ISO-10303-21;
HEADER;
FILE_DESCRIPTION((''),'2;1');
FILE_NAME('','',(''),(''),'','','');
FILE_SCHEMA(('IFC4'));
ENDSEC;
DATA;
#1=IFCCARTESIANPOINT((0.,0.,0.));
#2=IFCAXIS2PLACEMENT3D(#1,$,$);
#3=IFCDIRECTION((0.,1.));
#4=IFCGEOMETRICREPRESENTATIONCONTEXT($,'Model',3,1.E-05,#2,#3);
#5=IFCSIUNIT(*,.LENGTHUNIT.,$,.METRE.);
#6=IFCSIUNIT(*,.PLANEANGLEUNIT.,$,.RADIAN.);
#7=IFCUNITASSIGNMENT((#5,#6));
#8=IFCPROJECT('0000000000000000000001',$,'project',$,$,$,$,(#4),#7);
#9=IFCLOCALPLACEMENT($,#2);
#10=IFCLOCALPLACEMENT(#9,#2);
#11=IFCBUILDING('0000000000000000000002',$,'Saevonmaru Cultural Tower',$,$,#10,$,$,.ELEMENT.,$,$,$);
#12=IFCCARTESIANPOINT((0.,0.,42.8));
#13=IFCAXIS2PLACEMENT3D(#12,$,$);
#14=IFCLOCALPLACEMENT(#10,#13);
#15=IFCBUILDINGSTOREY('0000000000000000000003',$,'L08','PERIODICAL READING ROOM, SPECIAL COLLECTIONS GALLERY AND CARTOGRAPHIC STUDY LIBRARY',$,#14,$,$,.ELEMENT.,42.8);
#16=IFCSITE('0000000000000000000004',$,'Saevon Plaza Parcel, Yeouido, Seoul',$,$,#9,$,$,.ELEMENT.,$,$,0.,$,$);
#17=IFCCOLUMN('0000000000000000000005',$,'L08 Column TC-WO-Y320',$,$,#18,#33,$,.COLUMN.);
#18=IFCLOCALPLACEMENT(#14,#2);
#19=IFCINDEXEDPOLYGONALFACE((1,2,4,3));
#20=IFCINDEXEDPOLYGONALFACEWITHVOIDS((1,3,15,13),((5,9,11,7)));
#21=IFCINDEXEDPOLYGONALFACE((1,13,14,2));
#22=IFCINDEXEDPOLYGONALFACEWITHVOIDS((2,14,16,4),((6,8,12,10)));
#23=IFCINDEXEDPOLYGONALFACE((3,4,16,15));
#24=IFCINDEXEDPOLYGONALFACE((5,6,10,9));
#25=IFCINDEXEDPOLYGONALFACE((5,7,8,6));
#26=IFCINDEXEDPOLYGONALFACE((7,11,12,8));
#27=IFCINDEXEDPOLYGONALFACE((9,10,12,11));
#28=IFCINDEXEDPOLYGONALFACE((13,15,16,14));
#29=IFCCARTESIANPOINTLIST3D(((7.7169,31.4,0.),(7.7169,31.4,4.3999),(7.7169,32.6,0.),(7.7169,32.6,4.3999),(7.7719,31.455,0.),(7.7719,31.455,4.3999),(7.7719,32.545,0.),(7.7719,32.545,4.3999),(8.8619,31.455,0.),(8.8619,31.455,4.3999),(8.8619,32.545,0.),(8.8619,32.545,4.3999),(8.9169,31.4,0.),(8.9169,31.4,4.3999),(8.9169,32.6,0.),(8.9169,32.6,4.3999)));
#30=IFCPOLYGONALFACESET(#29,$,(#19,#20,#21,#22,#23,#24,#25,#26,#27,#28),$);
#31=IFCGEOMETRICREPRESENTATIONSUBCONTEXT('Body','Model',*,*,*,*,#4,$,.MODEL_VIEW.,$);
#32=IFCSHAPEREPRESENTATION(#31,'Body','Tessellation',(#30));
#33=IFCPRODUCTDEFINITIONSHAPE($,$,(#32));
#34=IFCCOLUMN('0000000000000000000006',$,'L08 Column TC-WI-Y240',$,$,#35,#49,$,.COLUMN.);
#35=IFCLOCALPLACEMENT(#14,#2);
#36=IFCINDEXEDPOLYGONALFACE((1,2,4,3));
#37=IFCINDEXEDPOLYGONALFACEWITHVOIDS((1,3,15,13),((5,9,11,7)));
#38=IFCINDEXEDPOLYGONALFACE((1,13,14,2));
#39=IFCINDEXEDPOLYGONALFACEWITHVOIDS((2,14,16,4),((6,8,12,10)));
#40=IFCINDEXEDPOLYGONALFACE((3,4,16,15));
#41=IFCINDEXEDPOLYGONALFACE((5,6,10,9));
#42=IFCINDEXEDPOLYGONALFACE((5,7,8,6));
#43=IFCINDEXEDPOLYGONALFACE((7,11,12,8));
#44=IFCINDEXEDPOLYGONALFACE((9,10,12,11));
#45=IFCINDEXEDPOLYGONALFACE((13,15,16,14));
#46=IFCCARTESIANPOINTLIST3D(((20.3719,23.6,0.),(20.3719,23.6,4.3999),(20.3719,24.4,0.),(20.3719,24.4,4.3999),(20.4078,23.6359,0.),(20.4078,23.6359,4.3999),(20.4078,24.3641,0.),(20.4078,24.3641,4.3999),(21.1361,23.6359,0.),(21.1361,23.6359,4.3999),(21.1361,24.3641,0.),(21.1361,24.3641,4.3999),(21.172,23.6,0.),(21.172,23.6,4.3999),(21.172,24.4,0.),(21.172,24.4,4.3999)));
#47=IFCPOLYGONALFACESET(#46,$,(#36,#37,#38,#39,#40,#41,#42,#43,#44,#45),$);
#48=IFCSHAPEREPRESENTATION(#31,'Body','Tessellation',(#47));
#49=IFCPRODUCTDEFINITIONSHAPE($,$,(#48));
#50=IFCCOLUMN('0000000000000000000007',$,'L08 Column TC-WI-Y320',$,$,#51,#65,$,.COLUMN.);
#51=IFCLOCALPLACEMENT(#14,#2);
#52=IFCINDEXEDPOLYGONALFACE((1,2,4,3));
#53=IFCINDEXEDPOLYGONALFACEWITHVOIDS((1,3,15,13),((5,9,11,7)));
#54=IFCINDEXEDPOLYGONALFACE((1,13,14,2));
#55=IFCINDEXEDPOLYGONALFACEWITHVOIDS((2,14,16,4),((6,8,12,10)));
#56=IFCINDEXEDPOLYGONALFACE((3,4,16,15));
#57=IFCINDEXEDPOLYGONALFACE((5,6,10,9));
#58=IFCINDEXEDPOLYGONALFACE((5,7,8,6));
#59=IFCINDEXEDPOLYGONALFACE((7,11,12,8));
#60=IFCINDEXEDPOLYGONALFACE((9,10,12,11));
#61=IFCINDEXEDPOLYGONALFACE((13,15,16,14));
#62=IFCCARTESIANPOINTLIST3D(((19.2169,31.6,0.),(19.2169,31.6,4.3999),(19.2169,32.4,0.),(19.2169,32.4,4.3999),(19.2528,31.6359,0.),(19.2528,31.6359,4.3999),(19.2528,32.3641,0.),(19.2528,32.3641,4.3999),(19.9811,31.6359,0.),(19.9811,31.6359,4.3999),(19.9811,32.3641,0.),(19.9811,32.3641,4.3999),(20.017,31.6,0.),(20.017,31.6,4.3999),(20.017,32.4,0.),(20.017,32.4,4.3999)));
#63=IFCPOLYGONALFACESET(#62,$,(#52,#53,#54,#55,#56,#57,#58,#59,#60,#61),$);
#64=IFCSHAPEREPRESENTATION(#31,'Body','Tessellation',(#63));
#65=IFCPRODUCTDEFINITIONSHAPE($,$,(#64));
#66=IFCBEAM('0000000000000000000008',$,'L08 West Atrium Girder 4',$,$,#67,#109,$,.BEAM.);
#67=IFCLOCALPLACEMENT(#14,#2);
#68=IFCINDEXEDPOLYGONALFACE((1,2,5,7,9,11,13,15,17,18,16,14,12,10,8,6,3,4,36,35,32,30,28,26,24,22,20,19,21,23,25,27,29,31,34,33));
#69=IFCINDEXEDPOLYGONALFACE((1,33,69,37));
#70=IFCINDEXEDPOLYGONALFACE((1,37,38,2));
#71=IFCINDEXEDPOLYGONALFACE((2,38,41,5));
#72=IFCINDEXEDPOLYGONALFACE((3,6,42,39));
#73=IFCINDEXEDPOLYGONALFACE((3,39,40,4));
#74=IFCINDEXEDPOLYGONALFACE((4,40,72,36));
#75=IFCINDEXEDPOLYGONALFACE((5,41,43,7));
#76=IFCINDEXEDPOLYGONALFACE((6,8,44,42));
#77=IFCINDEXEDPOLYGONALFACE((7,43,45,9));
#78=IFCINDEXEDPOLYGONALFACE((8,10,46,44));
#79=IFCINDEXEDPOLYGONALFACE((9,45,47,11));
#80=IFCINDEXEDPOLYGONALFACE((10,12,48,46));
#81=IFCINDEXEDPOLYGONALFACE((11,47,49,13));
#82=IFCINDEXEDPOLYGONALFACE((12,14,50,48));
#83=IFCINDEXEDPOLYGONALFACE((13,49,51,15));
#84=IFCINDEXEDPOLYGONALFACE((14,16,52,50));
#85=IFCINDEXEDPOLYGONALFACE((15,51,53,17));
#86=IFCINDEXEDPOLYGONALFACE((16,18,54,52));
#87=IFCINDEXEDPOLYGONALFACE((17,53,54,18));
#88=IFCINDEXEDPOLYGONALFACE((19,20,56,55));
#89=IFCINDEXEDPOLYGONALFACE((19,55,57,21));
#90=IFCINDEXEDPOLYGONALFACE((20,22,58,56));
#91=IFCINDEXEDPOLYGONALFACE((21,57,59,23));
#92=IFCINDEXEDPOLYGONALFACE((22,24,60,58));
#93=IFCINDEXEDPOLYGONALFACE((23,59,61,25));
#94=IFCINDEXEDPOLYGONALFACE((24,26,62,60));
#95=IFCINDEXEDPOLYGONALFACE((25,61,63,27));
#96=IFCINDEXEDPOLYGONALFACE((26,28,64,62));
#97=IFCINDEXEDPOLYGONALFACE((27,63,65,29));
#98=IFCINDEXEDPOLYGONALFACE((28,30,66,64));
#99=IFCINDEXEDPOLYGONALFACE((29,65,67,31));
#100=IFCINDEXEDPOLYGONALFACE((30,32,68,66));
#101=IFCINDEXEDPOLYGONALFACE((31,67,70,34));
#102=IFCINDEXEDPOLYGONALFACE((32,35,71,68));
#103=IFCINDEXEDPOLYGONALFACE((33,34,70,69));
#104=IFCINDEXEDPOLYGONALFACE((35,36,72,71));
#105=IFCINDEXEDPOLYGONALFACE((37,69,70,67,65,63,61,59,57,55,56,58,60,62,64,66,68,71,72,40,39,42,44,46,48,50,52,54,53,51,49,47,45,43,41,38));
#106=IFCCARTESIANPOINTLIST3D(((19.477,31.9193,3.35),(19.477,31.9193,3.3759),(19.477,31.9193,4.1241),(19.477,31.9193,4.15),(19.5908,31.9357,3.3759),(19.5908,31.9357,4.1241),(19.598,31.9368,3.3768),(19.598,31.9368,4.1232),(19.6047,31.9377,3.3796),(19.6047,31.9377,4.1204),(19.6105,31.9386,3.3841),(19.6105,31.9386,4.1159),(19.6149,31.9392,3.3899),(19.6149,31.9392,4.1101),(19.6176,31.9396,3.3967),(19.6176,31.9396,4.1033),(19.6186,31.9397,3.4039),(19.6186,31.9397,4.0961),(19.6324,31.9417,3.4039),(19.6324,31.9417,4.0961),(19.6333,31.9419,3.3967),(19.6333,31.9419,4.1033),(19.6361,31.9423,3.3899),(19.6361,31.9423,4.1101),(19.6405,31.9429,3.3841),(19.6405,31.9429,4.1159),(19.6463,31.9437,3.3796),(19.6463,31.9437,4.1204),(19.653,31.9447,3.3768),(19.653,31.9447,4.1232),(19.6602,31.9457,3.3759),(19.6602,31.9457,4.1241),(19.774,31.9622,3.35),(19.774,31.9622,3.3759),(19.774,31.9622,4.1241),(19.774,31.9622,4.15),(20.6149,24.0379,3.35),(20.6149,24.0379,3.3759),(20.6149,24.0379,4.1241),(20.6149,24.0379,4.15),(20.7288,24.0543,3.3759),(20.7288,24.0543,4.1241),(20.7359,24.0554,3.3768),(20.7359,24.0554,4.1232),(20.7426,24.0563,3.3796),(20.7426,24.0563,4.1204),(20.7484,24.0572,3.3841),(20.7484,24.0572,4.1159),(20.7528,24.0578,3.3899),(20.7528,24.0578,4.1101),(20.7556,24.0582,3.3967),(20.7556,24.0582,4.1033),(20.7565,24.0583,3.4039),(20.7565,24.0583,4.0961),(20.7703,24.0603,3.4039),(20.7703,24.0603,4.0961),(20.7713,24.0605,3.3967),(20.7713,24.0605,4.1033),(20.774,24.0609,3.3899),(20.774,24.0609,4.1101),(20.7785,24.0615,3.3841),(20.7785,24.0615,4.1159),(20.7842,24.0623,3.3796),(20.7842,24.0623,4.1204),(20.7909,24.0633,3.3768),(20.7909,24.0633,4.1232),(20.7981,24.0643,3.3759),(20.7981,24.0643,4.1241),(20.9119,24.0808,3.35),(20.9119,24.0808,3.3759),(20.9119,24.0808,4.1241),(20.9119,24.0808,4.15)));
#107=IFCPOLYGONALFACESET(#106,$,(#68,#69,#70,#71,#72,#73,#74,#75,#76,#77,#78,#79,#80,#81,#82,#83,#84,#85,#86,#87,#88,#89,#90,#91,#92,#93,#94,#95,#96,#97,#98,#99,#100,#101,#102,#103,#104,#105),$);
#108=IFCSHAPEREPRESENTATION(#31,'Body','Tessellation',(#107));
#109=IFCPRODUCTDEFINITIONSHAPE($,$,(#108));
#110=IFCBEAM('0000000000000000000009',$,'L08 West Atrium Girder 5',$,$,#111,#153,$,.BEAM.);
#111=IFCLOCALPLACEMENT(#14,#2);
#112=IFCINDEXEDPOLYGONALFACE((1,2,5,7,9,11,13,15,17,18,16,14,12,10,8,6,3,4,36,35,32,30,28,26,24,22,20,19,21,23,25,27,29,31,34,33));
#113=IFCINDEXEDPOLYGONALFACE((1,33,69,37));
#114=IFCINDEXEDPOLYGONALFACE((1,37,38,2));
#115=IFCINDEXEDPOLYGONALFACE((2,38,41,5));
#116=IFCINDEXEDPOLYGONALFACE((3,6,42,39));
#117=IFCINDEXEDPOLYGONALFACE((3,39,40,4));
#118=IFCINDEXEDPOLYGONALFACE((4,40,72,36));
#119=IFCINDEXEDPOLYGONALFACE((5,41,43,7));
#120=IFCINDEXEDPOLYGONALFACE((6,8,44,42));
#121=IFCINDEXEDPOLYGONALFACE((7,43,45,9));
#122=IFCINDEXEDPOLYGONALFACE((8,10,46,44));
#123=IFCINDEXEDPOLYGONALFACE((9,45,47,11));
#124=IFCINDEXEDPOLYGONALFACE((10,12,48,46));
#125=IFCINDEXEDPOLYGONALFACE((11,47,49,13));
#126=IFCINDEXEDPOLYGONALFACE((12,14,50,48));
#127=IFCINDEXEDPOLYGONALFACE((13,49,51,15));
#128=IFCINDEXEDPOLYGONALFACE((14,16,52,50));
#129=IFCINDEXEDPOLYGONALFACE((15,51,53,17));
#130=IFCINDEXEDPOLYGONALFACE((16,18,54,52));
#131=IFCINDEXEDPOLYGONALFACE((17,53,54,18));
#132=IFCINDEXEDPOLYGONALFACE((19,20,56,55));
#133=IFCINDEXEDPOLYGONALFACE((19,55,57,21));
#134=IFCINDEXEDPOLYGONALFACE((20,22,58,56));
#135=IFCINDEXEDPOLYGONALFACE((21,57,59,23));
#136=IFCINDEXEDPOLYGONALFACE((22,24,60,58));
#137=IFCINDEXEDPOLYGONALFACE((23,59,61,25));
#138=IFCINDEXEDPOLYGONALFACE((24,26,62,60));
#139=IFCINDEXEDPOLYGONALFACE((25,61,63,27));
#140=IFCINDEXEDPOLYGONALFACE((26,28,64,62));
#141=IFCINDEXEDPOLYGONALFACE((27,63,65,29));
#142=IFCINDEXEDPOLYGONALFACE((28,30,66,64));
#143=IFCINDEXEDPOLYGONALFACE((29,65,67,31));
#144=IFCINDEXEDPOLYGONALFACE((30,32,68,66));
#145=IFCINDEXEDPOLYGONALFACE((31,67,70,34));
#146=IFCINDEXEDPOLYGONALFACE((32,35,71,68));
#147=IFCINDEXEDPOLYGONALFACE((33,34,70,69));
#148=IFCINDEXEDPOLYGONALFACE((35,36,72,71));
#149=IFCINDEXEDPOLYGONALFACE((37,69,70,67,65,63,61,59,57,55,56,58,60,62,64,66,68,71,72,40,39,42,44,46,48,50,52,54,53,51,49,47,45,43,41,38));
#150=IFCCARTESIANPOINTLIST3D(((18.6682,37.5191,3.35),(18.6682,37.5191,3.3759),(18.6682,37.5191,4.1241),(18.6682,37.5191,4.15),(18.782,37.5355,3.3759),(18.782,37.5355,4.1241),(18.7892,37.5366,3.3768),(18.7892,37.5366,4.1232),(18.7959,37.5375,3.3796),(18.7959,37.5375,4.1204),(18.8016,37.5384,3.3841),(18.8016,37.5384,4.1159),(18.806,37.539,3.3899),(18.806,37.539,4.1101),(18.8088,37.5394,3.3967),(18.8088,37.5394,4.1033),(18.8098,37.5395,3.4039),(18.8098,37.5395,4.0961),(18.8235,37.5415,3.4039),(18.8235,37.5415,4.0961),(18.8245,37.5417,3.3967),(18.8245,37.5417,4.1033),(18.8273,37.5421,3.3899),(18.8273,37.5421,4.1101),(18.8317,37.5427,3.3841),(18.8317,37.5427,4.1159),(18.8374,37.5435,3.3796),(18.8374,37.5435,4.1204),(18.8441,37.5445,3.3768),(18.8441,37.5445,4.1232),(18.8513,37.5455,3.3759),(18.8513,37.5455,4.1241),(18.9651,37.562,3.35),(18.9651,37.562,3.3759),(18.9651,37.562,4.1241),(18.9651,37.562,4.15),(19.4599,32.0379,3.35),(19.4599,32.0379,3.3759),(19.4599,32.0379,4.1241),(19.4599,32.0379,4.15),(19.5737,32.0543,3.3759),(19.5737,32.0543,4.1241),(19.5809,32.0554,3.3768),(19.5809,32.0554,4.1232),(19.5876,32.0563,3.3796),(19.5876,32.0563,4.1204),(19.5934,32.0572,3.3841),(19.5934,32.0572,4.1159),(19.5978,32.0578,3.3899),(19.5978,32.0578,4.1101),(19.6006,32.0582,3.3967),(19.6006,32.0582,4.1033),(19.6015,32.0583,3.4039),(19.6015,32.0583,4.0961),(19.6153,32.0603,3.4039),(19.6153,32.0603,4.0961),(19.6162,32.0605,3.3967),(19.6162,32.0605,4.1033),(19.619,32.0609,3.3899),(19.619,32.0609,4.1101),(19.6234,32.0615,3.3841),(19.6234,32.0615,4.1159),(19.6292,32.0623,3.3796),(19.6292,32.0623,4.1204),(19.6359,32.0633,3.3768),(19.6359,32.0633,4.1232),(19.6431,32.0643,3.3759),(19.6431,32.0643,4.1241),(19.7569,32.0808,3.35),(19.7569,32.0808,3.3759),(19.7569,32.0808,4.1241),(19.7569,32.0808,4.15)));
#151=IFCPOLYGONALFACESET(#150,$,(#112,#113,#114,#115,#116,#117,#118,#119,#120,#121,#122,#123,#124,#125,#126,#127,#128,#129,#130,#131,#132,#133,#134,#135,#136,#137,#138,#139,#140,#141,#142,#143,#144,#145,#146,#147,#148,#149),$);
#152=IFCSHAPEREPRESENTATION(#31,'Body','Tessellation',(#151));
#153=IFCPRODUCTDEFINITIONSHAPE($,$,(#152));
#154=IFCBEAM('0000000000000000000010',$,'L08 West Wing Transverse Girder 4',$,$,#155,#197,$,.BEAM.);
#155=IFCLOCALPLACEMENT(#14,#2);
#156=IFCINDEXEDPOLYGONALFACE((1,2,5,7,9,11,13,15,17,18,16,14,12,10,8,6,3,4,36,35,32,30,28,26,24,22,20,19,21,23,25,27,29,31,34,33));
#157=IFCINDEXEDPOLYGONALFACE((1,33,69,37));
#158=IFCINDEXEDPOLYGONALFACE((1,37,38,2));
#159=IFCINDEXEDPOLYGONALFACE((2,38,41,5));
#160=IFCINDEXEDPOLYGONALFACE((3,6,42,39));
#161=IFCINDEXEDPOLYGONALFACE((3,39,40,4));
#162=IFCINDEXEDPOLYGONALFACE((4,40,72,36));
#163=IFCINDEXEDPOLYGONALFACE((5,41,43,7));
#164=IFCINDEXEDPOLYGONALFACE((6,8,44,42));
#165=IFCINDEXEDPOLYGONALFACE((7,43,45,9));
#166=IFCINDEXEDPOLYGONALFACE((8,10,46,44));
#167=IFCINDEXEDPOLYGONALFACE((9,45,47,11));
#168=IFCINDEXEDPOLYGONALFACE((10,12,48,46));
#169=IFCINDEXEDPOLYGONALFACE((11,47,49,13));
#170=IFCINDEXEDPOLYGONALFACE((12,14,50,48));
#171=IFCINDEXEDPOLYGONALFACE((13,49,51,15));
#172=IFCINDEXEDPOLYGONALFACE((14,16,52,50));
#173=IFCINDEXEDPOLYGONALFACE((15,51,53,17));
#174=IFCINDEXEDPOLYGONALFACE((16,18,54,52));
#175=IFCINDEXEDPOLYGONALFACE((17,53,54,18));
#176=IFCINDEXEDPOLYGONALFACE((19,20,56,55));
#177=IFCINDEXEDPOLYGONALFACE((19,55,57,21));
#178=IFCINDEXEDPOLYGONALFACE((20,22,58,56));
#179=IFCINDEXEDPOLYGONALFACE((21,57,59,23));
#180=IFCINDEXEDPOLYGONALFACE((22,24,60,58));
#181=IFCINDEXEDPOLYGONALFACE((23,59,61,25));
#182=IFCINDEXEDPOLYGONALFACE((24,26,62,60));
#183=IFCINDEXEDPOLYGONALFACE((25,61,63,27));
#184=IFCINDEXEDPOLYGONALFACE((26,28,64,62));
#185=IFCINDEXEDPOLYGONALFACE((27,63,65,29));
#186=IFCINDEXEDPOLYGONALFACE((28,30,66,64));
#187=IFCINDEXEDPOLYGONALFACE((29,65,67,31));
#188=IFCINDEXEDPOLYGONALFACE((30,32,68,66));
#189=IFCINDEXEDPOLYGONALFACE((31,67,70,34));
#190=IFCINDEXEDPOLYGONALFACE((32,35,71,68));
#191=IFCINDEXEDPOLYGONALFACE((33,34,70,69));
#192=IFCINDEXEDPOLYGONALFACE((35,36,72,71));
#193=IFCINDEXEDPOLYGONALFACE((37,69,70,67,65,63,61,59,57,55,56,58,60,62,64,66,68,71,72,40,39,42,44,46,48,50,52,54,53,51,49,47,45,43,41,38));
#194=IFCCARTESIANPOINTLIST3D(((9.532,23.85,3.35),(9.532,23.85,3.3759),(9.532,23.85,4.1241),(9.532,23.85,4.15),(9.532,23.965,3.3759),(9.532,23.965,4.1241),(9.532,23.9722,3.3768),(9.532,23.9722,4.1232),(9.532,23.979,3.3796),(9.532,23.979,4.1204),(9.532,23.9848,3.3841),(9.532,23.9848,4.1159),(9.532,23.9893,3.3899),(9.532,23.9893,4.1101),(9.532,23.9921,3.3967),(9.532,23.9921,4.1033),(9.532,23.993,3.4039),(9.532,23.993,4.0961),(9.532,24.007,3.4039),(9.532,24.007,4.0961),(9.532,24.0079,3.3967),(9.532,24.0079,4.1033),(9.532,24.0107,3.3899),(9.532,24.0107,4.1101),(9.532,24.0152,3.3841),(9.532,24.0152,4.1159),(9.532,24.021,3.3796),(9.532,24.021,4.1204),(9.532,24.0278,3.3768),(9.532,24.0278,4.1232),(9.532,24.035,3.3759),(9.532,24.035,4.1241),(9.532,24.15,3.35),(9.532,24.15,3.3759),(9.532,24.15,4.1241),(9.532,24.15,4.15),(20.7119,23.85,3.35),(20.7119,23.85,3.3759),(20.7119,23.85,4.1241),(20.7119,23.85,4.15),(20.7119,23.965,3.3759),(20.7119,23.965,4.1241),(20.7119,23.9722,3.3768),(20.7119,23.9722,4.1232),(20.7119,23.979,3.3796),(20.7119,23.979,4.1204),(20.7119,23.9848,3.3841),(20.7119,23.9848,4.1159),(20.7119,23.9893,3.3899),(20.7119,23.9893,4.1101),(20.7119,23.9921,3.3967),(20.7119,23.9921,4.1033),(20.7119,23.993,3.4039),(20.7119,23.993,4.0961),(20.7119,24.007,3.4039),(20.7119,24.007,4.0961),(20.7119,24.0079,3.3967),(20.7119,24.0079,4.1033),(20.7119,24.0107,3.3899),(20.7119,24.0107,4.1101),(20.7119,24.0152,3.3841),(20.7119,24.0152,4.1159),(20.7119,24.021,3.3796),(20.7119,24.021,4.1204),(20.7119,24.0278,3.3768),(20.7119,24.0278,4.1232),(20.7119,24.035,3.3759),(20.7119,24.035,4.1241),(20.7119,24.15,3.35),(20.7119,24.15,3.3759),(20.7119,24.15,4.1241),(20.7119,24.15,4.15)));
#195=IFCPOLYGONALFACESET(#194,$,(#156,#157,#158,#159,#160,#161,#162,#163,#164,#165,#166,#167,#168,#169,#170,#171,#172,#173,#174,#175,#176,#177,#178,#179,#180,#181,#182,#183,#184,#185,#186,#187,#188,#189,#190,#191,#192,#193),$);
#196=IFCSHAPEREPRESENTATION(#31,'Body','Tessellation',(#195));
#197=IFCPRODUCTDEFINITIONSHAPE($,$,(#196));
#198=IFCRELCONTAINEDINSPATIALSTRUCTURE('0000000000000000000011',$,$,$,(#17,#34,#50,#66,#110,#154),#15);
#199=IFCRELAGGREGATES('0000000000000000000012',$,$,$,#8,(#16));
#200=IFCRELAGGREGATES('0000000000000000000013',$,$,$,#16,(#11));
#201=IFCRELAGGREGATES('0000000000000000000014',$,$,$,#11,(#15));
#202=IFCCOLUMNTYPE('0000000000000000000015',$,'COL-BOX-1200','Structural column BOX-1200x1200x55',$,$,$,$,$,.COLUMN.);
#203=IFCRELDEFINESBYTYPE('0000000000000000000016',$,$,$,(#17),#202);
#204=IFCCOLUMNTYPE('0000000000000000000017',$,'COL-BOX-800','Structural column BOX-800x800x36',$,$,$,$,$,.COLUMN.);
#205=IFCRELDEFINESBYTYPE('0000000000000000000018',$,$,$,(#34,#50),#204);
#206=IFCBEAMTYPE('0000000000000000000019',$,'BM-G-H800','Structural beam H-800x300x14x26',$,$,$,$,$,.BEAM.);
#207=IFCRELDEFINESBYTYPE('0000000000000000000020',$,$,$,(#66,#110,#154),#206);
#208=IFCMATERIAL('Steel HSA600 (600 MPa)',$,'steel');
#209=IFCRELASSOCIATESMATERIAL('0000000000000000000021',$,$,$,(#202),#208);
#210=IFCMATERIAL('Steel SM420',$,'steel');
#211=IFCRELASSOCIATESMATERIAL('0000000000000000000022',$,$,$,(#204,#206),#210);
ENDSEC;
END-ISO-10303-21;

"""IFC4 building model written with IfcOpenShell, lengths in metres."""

from ifc_helpers import new_model, si_unit, direction, frame, origin, origin_2d, place, context, subcontext, project, spatial, hollow_rectangle, i_section, extrude, material, material_profile, profile_set, type_object, element, save


model = new_model("IFC4")

# Units and contexts
model_context = context("Model", 3, precision=1e-05, world=origin(), true_north=direction((0.0, 1.0)))
body_context = subcontext(model_context, "Body", "Model", "MODEL_VIEW")
ifc_project = project(units=[si_unit("LENGTHUNIT", "METRE"), si_unit("PLANEANGLEUNIT", "RADIAN")], contexts=[model_context])

# Site, building, storey
site_placement = place(None, origin())
site = spatial("IfcSite", under=ifc_project, at=site_placement, Name="Saevon Plaza Parcel, Yeouido, Seoul", CompositionType="ELEMENT", RefElevation=0.0)
building_placement = place(site_placement, origin())
building = spatial("IfcBuilding", under=site, at=building_placement, Name="Saevonmaru Cultural Tower", CompositionType="ELEMENT")
storey_placement = place(building_placement, frame((0.0, 0.0, 42.8)))
storey = spatial("IfcBuildingStorey", under=building, at=storey_placement, Name="L08", Description="PERIODICAL READING ROOM, SPECIAL COLLECTIONS GALLERY AND CARTOGRAPHIC STUDY LIBRARY", CompositionType="ELEMENT", Elevation=42.8)

# Columns
ifc_material_1 = material(Name="Steel HSA600 (600 MPa)", Category="steel")
ifc_material_profile_1 = material_profile(ifc_material_1, hollow_rectangle(XDim=1.2, YDim=1.2, WallThickness=0.0549, at=origin_2d()), Name="BOX-1200x1200x55")
ifc_profile_set_1 = profile_set([ifc_material_profile_1], Name="Steel HSA600 (600 MPa)")
column_type_1 = type_object("IfcColumnType", Name="COL-BOX-1200", Description="Structural column BOX-1200x1200x55", PredefinedType="COLUMN", material=ifc_profile_set_1)
column_placement = place(storey_placement, frame((8.3169, 32.0, 0.0), z_axis=(0.0, 0.0, 1.0), x_axis=(1.0, 0.0, 0.0)))
element("IfcColumn", 1, at=column_placement, inside=storey, type_object=column_type_1, Name="L08 Column TC-WO-Y320", PredefinedType="COLUMN", context=body_context, shape_type="SweptSolid", body=[
    extrude(hollow_rectangle(XDim=1.2, YDim=1.2, WallThickness=0.0549, at=origin_2d()), origin(), (0.0, 0.0, 1.0), 4.3999),
])
ifc_material_2 = material(Name="Steel SM420", Category="steel")
ifc_material_profile_2 = material_profile(ifc_material_2, hollow_rectangle(XDim=0.8, YDim=0.8, WallThickness=0.0359, at=origin_2d()), Name="BOX-800x800x36")
ifc_profile_set_2 = profile_set([ifc_material_profile_2], Name="Steel SM420")
column_type_2 = type_object("IfcColumnType", Name="COL-BOX-800", Description="Structural column BOX-800x800x36", PredefinedType="COLUMN", material=ifc_profile_set_2)
for number, where, z_axis, x_axis, name in (
    (2, (20.772, 24.0, 0.0), (0.0, 0.0, 1.0), (1.0, 0.0, 0.0), "L08 Column TC-WI-Y240"),
    (3, (19.6169, 32.0, 0.0), (0.0, 0.0, 1.0), (1.0, 0.0, 0.0), "L08 Column TC-WI-Y320"),
):
    element("IfcColumn", number, at=place(storey_placement, frame(where, z_axis=z_axis, x_axis=x_axis)), inside=storey, type_object=column_type_2, Name=name, PredefinedType="COLUMN", context=body_context, shape_type="SweptSolid", body=[
        extrude(hollow_rectangle(XDim=0.8, YDim=0.8, WallThickness=0.0359, at=origin_2d()), origin(), (0.0, 0.0, 1.0), 4.3999),
    ])

# Beams
ifc_material_profile_3 = material_profile(ifc_material_2, i_section(OverallWidth=0.3, OverallDepth=0.8, WebThickness=0.0139, FlangeThickness=0.0259, FilletRadius=0.0281, at=origin_2d()), Name="H-800x300x14x26")
ifc_profile_set_3 = profile_set([ifc_material_profile_3], Name="Steel SM420")
beam_type_1 = type_object("IfcBeamType", Name="BM-G-H800", Description="Structural beam H-800x300x14x26", PredefinedType="BEAM", material=ifc_profile_set_3)
beam_1_placement = place(storey_placement, frame((20.7634, 24.0593, 3.75), z_axis=(-0.142902, 0.989737, 0.0), x_axis=(-0.989737, -0.142902, 0.0)))
element("IfcBeam", 4, at=beam_1_placement, inside=storey, type_object=beam_type_1, Name="L08 West Atrium Girder 4", PredefinedType="BEAM", context=body_context, shape_type="SweptSolid", body=[
    extrude(i_section(OverallWidth=0.3, OverallDepth=0.8, WebThickness=0.0139, FlangeThickness=0.0259, FilletRadius=0.0281, at=origin_2d()), origin(), (0.0, 0.0, 1.0), 7.9631),
])
beam_2_placement = place(storey_placement, frame((19.6084, 32.0593, 3.75), z_axis=(-0.142964, 0.989728, 0.0), x_axis=(-0.989728, -0.142964, 0.0)))
element("IfcBeam", 5, at=beam_2_placement, inside=storey, type_object=beam_type_1, Name="L08 West Atrium Girder 5", PredefinedType="BEAM", context=body_context, shape_type="SweptSolid", body=[
    extrude(i_section(OverallWidth=0.3, OverallDepth=0.8, WebThickness=0.0139, FlangeThickness=0.0259, FilletRadius=0.0281, at=origin_2d()), origin(), (0.0, 0.0, 1.0), 5.5381),
])
for number, where, z_axis, x_axis, name in (
    (6, (9.532, 24.0, 3.75), (1.0, 0.0, 0.0), (0.0, 1.0, 0.0), "L08 West Wing Transverse Girder 4"),
):
    element("IfcBeam", number, at=place(storey_placement, frame(where, z_axis=z_axis, x_axis=x_axis)), inside=storey, type_object=beam_type_1, Name=name, PredefinedType="BEAM", context=body_context, shape_type="SweptSolid", body=[
        extrude(i_section(OverallWidth=0.3, OverallDepth=0.8, WebThickness=0.0139, FlangeThickness=0.0259, FilletRadius=0.0281, at=origin_2d()), origin(), (0.0, 0.0, 1.0), 11.1799),
    ])

save(model, "model.ifc")
